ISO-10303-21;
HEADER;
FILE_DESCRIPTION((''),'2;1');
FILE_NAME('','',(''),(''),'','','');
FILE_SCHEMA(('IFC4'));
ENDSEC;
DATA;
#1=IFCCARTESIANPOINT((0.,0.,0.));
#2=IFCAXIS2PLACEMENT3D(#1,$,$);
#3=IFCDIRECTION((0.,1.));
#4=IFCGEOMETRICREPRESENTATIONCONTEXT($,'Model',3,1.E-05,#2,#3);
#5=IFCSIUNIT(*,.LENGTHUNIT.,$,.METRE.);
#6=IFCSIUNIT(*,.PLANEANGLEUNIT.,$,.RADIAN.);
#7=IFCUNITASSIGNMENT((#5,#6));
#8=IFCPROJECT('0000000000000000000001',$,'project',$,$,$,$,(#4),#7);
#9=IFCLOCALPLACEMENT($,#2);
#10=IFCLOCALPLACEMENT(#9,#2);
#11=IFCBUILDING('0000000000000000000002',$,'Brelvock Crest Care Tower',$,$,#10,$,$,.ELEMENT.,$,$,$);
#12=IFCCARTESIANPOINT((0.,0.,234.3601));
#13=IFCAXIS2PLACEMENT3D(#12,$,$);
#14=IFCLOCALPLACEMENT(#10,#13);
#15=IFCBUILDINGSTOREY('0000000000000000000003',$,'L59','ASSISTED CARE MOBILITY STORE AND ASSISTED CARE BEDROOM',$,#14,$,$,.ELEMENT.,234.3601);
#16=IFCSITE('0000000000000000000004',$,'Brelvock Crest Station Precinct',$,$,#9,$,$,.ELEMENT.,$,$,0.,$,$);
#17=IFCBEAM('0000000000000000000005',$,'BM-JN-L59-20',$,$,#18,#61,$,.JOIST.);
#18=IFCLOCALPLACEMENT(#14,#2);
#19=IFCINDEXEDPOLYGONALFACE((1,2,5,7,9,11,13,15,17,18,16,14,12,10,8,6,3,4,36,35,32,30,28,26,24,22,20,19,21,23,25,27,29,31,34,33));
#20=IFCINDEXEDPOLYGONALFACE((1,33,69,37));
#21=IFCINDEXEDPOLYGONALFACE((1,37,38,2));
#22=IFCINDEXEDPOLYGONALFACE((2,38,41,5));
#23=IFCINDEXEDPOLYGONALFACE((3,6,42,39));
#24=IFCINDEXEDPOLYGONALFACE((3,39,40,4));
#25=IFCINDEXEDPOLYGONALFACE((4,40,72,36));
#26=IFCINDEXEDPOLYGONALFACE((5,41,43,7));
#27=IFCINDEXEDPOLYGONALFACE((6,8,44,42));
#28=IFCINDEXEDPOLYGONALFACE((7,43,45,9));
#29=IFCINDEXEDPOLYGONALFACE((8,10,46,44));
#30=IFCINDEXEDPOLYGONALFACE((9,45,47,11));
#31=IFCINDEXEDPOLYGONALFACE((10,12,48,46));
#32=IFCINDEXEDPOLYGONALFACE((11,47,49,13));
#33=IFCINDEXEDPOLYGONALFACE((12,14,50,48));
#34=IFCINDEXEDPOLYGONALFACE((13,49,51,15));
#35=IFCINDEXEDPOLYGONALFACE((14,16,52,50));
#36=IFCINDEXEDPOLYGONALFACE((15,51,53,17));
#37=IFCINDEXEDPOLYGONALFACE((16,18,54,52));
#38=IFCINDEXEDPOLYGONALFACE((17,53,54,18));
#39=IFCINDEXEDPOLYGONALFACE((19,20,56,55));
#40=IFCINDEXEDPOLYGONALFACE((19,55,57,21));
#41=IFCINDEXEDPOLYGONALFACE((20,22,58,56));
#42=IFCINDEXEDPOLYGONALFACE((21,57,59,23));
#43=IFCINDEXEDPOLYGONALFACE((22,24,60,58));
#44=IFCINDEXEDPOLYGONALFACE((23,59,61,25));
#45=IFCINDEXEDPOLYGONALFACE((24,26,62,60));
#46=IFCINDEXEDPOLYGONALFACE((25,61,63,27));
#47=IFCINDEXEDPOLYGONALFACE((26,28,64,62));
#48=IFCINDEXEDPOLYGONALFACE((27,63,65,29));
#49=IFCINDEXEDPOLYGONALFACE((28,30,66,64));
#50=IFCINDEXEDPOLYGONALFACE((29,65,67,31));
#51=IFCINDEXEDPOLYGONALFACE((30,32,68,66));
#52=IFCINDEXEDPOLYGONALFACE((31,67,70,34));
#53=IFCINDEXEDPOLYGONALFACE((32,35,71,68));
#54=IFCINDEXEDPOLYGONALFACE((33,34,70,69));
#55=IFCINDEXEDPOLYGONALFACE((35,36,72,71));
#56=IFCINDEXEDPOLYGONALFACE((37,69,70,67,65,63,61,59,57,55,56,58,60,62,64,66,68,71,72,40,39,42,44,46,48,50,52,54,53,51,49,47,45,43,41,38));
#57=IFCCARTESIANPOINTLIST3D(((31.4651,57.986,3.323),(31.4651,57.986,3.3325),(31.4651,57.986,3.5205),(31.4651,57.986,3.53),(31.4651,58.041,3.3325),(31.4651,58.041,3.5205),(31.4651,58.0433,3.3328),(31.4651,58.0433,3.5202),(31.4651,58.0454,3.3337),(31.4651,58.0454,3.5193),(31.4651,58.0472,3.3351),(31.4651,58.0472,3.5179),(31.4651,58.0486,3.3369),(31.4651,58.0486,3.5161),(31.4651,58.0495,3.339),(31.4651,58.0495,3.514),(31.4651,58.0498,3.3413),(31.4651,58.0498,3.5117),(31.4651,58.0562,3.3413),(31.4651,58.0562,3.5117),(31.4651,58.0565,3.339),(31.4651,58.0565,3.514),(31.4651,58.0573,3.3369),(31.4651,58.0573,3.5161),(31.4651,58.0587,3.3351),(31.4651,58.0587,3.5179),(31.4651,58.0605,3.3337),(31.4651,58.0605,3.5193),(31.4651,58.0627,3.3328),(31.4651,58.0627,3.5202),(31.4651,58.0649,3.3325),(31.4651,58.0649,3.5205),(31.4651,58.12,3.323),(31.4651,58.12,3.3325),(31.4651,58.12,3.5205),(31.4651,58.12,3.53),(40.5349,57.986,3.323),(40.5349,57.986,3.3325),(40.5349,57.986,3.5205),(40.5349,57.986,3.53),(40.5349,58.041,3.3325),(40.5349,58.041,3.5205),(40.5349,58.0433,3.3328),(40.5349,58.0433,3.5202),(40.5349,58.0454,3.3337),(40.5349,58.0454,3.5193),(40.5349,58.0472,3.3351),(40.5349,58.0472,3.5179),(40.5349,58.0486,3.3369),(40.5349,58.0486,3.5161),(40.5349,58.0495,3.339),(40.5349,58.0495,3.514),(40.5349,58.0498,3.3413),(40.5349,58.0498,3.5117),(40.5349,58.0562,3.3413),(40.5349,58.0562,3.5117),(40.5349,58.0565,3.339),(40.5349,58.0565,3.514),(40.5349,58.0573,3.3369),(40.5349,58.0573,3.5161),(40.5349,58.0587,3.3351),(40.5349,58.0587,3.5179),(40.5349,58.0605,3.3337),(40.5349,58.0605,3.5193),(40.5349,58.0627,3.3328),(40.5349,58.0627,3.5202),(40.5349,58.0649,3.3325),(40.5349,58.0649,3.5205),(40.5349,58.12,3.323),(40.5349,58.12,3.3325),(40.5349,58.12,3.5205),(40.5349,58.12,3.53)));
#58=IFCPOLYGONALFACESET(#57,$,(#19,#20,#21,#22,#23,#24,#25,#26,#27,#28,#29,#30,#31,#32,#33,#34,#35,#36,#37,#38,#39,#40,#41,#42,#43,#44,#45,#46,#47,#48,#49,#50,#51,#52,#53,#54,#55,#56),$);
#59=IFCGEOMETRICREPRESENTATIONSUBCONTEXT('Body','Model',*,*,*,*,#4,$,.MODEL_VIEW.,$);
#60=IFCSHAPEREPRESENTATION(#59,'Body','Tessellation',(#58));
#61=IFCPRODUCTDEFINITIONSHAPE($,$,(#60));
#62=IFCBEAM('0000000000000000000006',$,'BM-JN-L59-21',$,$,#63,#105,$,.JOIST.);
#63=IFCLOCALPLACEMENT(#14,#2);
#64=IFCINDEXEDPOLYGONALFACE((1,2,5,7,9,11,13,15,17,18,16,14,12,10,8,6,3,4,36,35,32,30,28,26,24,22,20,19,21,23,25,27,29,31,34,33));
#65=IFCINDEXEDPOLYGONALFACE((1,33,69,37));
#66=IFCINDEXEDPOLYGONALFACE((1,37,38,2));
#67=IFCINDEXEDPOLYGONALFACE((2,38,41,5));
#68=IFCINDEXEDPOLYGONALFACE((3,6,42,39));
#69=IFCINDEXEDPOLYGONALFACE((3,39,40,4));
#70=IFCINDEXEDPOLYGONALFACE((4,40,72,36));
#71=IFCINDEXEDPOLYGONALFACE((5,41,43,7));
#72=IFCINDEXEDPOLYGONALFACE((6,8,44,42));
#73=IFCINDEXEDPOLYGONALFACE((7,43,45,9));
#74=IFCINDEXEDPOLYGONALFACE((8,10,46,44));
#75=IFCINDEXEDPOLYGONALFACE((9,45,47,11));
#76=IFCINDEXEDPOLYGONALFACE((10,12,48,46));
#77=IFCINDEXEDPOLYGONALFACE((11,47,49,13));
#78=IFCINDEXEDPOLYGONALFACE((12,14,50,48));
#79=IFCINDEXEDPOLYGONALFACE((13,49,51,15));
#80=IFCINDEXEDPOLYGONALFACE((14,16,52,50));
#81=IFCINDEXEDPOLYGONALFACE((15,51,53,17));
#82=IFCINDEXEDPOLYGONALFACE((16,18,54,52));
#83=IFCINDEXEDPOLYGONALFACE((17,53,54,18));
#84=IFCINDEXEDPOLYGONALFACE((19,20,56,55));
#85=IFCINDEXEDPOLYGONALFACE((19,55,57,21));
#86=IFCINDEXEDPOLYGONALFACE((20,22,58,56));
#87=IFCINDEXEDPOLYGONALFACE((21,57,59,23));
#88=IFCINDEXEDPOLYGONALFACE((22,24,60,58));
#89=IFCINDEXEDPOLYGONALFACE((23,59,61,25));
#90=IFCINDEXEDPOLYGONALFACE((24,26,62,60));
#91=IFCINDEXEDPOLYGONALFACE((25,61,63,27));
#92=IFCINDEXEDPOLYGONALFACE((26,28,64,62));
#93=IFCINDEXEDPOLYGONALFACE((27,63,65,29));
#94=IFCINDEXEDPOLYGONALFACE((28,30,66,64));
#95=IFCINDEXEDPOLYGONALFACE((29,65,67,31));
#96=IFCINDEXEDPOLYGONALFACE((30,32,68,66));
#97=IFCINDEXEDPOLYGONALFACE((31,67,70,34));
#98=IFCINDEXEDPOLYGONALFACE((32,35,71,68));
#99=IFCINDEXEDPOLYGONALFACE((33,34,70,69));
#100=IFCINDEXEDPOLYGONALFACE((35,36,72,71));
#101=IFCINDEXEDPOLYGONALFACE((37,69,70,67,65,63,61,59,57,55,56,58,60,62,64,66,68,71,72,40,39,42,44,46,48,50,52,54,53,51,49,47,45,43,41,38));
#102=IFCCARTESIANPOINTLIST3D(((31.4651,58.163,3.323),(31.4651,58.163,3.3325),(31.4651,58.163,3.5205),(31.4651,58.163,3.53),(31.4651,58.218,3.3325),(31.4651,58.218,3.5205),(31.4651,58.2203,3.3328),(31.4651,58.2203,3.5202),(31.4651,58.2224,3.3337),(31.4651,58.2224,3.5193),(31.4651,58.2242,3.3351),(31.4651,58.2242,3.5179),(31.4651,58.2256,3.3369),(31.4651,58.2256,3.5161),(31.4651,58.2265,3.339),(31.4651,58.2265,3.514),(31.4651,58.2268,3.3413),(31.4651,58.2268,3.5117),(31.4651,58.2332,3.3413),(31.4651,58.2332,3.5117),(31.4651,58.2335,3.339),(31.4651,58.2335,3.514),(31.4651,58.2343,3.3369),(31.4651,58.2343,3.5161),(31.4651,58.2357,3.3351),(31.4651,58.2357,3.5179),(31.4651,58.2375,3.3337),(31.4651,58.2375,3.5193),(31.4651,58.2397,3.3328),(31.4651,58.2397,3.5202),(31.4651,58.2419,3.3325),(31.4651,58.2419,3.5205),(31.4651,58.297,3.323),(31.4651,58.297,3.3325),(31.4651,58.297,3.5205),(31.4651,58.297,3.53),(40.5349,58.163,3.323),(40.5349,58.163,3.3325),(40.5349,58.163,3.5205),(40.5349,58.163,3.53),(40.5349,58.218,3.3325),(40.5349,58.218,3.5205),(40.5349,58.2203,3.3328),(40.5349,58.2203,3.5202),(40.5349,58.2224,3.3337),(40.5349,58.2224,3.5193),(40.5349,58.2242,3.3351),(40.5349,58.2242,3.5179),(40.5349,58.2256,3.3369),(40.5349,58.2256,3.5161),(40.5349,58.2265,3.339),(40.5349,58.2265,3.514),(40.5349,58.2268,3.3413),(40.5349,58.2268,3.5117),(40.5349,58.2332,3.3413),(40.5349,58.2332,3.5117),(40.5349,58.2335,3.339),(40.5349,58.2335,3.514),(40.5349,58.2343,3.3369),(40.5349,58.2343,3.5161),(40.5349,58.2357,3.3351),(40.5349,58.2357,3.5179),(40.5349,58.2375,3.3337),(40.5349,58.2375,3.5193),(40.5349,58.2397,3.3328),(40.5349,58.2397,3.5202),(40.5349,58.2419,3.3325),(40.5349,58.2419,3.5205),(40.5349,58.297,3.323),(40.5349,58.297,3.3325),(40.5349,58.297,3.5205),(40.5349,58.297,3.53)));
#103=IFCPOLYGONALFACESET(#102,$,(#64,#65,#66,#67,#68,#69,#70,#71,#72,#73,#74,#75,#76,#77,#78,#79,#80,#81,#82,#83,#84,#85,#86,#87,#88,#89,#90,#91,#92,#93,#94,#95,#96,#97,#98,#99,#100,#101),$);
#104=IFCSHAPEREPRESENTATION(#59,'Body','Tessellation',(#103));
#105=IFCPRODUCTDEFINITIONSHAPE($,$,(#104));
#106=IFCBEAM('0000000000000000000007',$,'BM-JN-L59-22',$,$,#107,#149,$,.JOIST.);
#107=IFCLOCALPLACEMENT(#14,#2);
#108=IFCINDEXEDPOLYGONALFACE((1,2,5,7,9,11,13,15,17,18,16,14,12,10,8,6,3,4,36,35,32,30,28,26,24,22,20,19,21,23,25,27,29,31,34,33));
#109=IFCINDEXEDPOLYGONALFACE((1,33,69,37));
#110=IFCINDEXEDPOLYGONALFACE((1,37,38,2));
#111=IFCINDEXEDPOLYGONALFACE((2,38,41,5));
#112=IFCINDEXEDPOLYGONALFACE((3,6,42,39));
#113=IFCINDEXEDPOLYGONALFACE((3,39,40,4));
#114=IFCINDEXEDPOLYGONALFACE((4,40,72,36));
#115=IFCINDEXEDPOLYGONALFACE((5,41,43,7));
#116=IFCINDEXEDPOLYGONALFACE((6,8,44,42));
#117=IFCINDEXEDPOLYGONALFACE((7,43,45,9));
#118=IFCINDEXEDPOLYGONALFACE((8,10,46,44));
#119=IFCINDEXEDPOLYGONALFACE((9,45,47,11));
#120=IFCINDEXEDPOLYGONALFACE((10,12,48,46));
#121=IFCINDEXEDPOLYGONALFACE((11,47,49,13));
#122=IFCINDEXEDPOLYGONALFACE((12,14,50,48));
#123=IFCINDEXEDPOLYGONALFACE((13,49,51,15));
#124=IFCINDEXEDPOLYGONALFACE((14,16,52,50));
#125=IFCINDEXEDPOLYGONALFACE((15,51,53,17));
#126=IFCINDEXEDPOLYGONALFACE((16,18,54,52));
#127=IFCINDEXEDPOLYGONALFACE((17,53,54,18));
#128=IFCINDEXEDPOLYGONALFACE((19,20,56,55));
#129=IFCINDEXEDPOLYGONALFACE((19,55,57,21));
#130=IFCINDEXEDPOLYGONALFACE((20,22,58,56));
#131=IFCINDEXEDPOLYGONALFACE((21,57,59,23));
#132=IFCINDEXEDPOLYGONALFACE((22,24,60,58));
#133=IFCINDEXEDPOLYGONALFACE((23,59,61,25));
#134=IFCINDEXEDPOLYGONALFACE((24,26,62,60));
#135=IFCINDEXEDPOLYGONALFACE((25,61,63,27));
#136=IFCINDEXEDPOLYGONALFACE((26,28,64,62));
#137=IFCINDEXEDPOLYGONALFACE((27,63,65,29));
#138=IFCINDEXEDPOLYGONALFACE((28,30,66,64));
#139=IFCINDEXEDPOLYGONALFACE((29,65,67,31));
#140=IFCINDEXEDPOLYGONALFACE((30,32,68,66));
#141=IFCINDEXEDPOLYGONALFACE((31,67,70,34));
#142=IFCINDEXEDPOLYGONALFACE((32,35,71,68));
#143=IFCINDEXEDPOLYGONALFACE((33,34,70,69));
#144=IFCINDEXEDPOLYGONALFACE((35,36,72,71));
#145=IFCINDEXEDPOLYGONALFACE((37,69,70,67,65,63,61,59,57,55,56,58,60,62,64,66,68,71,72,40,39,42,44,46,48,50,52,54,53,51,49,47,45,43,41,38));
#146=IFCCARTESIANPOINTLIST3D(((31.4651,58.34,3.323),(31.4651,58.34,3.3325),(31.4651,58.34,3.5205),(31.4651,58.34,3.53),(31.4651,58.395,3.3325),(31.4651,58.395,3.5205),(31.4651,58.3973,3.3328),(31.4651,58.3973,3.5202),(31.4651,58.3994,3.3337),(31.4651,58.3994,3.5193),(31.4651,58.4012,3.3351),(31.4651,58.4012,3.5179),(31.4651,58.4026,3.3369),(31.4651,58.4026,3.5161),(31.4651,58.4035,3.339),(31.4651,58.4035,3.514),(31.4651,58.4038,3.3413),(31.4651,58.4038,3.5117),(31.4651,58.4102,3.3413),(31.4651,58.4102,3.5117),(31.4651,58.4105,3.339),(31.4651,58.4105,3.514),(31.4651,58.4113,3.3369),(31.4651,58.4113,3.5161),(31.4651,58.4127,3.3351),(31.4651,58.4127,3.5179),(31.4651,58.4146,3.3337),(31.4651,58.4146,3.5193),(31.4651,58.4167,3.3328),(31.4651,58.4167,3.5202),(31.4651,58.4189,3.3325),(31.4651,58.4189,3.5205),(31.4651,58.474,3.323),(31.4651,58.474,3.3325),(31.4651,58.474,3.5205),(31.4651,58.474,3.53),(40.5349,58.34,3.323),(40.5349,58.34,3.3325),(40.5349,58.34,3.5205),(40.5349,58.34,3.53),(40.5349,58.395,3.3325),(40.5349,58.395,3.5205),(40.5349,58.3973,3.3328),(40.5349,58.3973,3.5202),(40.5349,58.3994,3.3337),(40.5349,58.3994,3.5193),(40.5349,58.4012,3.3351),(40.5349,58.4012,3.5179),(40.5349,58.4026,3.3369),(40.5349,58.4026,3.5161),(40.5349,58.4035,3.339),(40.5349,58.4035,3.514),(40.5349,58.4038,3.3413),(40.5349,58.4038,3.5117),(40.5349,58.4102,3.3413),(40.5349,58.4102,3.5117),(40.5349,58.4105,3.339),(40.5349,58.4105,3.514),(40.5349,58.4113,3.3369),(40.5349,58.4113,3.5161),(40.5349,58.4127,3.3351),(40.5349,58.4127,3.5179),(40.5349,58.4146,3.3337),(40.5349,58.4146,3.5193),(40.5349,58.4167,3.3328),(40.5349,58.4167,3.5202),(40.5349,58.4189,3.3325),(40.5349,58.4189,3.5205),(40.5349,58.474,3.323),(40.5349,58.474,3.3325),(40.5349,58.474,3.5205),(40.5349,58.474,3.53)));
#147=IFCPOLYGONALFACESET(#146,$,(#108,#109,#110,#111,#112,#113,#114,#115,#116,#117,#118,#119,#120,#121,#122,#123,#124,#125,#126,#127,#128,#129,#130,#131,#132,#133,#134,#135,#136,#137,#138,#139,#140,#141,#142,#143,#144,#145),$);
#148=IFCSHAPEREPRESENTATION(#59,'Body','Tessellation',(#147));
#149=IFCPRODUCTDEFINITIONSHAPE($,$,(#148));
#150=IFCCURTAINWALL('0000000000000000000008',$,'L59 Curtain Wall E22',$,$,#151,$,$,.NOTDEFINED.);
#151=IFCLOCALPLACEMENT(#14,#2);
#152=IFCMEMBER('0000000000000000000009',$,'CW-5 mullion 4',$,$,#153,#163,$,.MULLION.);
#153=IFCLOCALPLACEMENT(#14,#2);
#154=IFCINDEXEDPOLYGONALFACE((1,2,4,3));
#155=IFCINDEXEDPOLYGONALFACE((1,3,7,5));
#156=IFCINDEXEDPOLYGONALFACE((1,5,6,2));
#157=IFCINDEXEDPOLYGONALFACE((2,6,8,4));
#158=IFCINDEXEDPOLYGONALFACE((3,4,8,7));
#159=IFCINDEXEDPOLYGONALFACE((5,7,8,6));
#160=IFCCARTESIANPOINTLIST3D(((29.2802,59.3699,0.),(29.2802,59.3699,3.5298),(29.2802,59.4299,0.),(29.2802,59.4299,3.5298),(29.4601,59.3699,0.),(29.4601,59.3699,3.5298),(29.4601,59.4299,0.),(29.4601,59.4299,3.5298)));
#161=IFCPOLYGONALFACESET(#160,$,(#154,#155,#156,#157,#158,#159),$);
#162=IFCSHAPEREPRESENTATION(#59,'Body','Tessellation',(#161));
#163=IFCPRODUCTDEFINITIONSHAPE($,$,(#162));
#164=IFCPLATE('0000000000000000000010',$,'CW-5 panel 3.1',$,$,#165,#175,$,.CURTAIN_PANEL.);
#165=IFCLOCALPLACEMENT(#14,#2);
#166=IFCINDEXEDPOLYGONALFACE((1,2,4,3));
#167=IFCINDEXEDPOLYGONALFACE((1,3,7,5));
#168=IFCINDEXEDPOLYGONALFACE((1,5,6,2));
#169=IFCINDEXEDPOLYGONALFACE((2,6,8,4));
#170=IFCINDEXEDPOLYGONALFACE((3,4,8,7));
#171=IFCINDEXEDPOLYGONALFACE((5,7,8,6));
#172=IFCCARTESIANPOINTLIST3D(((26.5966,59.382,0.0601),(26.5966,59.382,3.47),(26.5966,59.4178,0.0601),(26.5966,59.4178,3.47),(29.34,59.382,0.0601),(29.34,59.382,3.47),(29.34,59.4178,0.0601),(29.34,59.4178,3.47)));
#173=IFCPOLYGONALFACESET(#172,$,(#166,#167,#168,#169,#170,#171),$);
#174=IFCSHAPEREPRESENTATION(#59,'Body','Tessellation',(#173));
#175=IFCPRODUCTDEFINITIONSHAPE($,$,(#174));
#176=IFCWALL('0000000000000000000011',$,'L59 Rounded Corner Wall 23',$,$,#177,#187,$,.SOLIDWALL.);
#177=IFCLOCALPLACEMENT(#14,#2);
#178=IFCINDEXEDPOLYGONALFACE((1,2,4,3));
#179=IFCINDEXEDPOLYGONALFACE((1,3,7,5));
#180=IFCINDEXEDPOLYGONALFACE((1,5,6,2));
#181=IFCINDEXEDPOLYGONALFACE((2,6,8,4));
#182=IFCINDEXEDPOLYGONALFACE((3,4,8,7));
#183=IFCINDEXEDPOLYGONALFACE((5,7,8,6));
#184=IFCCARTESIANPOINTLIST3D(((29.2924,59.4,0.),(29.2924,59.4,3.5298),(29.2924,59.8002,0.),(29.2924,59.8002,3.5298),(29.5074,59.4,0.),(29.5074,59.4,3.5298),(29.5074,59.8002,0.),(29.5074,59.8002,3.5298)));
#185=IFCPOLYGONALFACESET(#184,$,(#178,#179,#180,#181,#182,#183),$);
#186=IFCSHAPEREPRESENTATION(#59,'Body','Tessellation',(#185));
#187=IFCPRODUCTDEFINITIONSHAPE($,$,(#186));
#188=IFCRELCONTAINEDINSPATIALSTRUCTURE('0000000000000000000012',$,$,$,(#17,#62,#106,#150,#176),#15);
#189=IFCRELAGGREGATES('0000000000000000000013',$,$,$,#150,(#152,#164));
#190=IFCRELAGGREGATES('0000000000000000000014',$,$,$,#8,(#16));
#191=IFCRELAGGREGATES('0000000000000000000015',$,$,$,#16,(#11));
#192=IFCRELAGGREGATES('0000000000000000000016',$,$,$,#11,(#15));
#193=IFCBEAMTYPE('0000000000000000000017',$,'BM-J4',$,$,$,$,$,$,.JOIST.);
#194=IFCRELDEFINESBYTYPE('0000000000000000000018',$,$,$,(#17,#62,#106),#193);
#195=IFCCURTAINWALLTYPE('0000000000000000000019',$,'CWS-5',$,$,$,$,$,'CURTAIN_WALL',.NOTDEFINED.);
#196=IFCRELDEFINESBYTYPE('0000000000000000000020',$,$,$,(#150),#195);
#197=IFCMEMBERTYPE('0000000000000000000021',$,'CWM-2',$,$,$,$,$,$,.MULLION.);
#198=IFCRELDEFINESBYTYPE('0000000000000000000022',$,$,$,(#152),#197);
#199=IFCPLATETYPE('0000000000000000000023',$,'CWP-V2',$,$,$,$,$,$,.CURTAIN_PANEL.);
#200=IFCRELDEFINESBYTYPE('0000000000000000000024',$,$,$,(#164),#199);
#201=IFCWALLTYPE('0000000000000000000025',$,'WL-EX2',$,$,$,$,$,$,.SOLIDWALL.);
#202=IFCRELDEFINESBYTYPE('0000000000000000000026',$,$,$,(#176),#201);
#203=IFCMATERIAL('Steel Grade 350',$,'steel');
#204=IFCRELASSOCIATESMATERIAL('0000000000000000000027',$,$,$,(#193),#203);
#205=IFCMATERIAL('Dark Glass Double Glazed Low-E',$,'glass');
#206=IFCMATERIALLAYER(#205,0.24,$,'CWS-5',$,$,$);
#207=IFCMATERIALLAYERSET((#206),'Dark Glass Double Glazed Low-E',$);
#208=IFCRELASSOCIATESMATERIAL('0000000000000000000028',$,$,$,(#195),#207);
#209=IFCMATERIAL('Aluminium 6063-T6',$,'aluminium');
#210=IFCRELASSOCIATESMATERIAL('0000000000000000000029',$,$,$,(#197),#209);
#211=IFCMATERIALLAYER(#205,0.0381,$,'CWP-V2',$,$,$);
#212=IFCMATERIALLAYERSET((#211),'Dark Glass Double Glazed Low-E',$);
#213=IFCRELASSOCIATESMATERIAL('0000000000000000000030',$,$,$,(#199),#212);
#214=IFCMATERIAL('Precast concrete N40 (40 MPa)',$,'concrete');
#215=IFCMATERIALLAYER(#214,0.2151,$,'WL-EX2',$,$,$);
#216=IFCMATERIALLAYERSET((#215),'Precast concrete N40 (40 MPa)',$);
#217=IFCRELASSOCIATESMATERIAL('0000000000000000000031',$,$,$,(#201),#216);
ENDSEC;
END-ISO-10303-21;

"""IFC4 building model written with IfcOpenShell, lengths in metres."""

from ifc_helpers import new_model, si_unit, direction, frame, frame_2d, origin, origin_2d, place, context, subcontext, project, spatial, rectangle, i_section, extrude, source, transform, mapped, material, layer, layer_set, material_profile, profile_set, type_object, element, aggregate, save


model = new_model("IFC4")

# Units and contexts
model_context = context("Model", 3, precision=1e-05, world=origin(), true_north=direction((0.0, 1.0)))
body_context = subcontext(model_context, "Body", "Model", "MODEL_VIEW")
ifc_project = project(units=[si_unit("LENGTHUNIT", "METRE"), si_unit("PLANEANGLEUNIT", "RADIAN")], contexts=[model_context])

# Site, building, storey
site_placement = place(None, origin())
site = spatial("IfcSite", under=ifc_project, at=site_placement, Name="Brelvock Crest Station Precinct", CompositionType="ELEMENT", RefElevation=0.0)
building_placement = place(site_placement, origin())
building = spatial("IfcBuilding", under=site, at=building_placement, Name="Brelvock Crest Care Tower", CompositionType="ELEMENT")
storey_placement = place(building_placement, frame((0.0, 0.0, 234.3601)))
storey = spatial("IfcBuildingStorey", under=building, at=storey_placement, Name="L59", Description="ASSISTED CARE MOBILITY STORE AND ASSISTED CARE BEDROOM", CompositionType="ELEMENT", Elevation=234.3601)

# Shared definitions
ifc_material_1 = material(Name="Steel Grade 350", Category="steel")

# Beams
ifc_material_profile_1 = material_profile(ifc_material_1, i_section(OverallWidth=0.134, OverallDepth=0.207, WebThickness=0.0063, FlangeThickness=0.0095, FilletRadius=0.0088, at=origin_2d()), Name="200UB29.8")
ifc_profile_set_1 = profile_set([ifc_material_profile_1], Name="Steel Grade 350")
beam_type_1 = type_object("IfcBeamType", Name="BM-J4", PredefinedType="JOIST", material=ifc_profile_set_1)
shared_shape_1 = source(origin(), body_context, "Body", "SweptSolid", [
    extrude(i_section(OverallWidth=0.134, OverallDepth=0.207, WebThickness=0.0063, FlangeThickness=0.0095, FilletRadius=0.0088, at=origin_2d()), origin(), (0.0, 0.0, 1.0), 9.0698),
])
for number, where, z_axis, x_axis, name in (
    (1, (31.4651, 58.053, 3.4265), (1.0, 0.0, 0.0), (0.0, 1.0, 0.0), "BM-JN-L59-20"),
    (2, (31.4651, 58.23, 3.4265), (1.0, 0.0, 0.0), (0.0, 1.0, 0.0), "BM-JN-L59-21"),
    (3, (31.4651, 58.407, 3.4265), (1.0, 0.0, 0.0), (0.0, 1.0, 0.0), "BM-JN-L59-22"),
):
    element("IfcBeam", number, at=place(storey_placement, frame(where, z_axis=z_axis, x_axis=x_axis)), inside=storey, type_object=beam_type_1, Name=name, PredefinedType="JOIST", context=body_context, shape_type="MappedRepresentation", body=[
        mapped(shared_shape_1, transform((0.0, 0.0, 0.0), x_axis=(1.0, 0.0, 0.0), y_axis=(0.0, 1.0, 0.0), z_axis=(0.0, 0.0, 1.0), scale=1.0)),
    ])

# Curtain wall, member, plate
ifc_material_2 = material(Name="Dark Glass Double Glazed Low-E", Category="glass")
ifc_layer_1 = layer(ifc_material_2, 0.24, Name="CWS-5")
ifc_layer_set_1 = layer_set([ifc_layer_1], Name="Dark Glass Double Glazed Low-E")
curtain_wall_type = type_object("IfcCurtainWallType", Name="CWS-5", ElementType="CURTAIN_WALL", PredefinedType="NOTDEFINED", material=ifc_layer_set_1)
curtain_wall_placement = place(storey_placement, origin())
curtain_wall = element("IfcCurtainWall", 4, at=curtain_wall_placement, inside=storey, type_object=curtain_wall_type, Name="L59 Curtain Wall E22", PredefinedType="NOTDEFINED")
ifc_material_3 = material(Name="Aluminium 6063-T6", Category="aluminium")
ifc_material_profile_2 = material_profile(ifc_material_3, rectangle(XDim=0.0601, YDim=0.1799, at=origin_2d()), Name="ALU60x180")
ifc_profile_set_2 = profile_set([ifc_material_profile_2], Name="Aluminium 6063-T6")
member_type = type_object("IfcMemberType", Name="CWM-2", PredefinedType="MULLION", material=ifc_profile_set_2)
shared_shape_2 = source(origin(), body_context, "Body", "SweptSolid", [
    extrude(rectangle(XDim=0.0601, YDim=0.1799, at=origin_2d()), origin(), (0.0, 0.0, 1.0), 3.5298),
])
member_placement = place(storey_placement, frame((29.3701, 59.3999, 0.0), z_axis=(0.0, 0.0, 1.0), x_axis=(0.0, 1.0, 0.0)))
member = element("IfcMember", 5, at=member_placement, type_object=member_type, Name="CW-5 mullion 4", PredefinedType="MULLION", context=body_context, shape_type="MappedRepresentation", body=[
    mapped(shared_shape_2, transform((0.0, 0.0, 0.0), x_axis=(1.0, 0.0, 0.0), y_axis=(0.0, 1.0, 0.0), z_axis=(0.0, 0.0, 1.0), scale=1.0)),
])
ifc_layer_2 = layer(ifc_material_2, 0.0381, Name="CWP-V2")
ifc_layer_set_2 = layer_set([ifc_layer_2], Name="Dark Glass Double Glazed Low-E")
plate_type = type_object("IfcPlateType", Name="CWP-V2", PredefinedType="CURTAIN_PANEL", material=ifc_layer_set_2)
shared_shape_3 = source(origin(), body_context, "Body", "SweptSolid", [
    extrude(rectangle(XDim=2.7434, YDim=0.0359, at=origin_2d()), origin(), (0.0, 0.0, 1.0), 3.4099),
])
plate_placement = place(storey_placement, frame((27.9683, 59.3999, 0.0601), z_axis=(0.0, 0.0, 1.0), x_axis=(1.0, 0.0, 0.0)))
plate = element("IfcPlate", 6, at=plate_placement, type_object=plate_type, Name="CW-5 panel 3.1", PredefinedType="CURTAIN_PANEL", context=body_context, shape_type="MappedRepresentation", body=[
    mapped(shared_shape_3, transform((0.0, 0.0, 0.0), x_axis=(1.0, 0.0, 0.0), y_axis=(0.0, 1.0, 0.0), z_axis=(0.0, 0.0, 1.0), scale=1.0)),
])
aggregate(curtain_wall, [member, plate])

# Wall
ifc_material_4 = material(Name="Precast concrete N40 (40 MPa)", Category="concrete")
ifc_layer_3 = layer(ifc_material_4, 0.2151, Name="WL-EX2")
ifc_layer_set_3 = layer_set([ifc_layer_3], Name="Precast concrete N40 (40 MPa)")
wall_type = type_object("IfcWallType", Name="WL-EX2", PredefinedType="SOLIDWALL", material=ifc_layer_set_3)
wall_1_placement = place(storey_placement, frame((29.3999, 59.3999, 0.0), z_axis=(0.0, 0.0, 1.0), x_axis=(0.0, 1.0, 0.0)))
element("IfcWall", 7, at=wall_1_placement, inside=storey, type_object=wall_type, Name="L59 Rounded Corner Wall 23", PredefinedType="SOLIDWALL", context=body_context, shape_type="SweptSolid", body=[
    extrude(rectangle(XDim=0.4001, YDim=0.2151, at=frame_2d((0.2002, 0.0))), origin(), (0.0, 0.0, 1.0), 3.5298),
])

save(model, "model.ifc")
